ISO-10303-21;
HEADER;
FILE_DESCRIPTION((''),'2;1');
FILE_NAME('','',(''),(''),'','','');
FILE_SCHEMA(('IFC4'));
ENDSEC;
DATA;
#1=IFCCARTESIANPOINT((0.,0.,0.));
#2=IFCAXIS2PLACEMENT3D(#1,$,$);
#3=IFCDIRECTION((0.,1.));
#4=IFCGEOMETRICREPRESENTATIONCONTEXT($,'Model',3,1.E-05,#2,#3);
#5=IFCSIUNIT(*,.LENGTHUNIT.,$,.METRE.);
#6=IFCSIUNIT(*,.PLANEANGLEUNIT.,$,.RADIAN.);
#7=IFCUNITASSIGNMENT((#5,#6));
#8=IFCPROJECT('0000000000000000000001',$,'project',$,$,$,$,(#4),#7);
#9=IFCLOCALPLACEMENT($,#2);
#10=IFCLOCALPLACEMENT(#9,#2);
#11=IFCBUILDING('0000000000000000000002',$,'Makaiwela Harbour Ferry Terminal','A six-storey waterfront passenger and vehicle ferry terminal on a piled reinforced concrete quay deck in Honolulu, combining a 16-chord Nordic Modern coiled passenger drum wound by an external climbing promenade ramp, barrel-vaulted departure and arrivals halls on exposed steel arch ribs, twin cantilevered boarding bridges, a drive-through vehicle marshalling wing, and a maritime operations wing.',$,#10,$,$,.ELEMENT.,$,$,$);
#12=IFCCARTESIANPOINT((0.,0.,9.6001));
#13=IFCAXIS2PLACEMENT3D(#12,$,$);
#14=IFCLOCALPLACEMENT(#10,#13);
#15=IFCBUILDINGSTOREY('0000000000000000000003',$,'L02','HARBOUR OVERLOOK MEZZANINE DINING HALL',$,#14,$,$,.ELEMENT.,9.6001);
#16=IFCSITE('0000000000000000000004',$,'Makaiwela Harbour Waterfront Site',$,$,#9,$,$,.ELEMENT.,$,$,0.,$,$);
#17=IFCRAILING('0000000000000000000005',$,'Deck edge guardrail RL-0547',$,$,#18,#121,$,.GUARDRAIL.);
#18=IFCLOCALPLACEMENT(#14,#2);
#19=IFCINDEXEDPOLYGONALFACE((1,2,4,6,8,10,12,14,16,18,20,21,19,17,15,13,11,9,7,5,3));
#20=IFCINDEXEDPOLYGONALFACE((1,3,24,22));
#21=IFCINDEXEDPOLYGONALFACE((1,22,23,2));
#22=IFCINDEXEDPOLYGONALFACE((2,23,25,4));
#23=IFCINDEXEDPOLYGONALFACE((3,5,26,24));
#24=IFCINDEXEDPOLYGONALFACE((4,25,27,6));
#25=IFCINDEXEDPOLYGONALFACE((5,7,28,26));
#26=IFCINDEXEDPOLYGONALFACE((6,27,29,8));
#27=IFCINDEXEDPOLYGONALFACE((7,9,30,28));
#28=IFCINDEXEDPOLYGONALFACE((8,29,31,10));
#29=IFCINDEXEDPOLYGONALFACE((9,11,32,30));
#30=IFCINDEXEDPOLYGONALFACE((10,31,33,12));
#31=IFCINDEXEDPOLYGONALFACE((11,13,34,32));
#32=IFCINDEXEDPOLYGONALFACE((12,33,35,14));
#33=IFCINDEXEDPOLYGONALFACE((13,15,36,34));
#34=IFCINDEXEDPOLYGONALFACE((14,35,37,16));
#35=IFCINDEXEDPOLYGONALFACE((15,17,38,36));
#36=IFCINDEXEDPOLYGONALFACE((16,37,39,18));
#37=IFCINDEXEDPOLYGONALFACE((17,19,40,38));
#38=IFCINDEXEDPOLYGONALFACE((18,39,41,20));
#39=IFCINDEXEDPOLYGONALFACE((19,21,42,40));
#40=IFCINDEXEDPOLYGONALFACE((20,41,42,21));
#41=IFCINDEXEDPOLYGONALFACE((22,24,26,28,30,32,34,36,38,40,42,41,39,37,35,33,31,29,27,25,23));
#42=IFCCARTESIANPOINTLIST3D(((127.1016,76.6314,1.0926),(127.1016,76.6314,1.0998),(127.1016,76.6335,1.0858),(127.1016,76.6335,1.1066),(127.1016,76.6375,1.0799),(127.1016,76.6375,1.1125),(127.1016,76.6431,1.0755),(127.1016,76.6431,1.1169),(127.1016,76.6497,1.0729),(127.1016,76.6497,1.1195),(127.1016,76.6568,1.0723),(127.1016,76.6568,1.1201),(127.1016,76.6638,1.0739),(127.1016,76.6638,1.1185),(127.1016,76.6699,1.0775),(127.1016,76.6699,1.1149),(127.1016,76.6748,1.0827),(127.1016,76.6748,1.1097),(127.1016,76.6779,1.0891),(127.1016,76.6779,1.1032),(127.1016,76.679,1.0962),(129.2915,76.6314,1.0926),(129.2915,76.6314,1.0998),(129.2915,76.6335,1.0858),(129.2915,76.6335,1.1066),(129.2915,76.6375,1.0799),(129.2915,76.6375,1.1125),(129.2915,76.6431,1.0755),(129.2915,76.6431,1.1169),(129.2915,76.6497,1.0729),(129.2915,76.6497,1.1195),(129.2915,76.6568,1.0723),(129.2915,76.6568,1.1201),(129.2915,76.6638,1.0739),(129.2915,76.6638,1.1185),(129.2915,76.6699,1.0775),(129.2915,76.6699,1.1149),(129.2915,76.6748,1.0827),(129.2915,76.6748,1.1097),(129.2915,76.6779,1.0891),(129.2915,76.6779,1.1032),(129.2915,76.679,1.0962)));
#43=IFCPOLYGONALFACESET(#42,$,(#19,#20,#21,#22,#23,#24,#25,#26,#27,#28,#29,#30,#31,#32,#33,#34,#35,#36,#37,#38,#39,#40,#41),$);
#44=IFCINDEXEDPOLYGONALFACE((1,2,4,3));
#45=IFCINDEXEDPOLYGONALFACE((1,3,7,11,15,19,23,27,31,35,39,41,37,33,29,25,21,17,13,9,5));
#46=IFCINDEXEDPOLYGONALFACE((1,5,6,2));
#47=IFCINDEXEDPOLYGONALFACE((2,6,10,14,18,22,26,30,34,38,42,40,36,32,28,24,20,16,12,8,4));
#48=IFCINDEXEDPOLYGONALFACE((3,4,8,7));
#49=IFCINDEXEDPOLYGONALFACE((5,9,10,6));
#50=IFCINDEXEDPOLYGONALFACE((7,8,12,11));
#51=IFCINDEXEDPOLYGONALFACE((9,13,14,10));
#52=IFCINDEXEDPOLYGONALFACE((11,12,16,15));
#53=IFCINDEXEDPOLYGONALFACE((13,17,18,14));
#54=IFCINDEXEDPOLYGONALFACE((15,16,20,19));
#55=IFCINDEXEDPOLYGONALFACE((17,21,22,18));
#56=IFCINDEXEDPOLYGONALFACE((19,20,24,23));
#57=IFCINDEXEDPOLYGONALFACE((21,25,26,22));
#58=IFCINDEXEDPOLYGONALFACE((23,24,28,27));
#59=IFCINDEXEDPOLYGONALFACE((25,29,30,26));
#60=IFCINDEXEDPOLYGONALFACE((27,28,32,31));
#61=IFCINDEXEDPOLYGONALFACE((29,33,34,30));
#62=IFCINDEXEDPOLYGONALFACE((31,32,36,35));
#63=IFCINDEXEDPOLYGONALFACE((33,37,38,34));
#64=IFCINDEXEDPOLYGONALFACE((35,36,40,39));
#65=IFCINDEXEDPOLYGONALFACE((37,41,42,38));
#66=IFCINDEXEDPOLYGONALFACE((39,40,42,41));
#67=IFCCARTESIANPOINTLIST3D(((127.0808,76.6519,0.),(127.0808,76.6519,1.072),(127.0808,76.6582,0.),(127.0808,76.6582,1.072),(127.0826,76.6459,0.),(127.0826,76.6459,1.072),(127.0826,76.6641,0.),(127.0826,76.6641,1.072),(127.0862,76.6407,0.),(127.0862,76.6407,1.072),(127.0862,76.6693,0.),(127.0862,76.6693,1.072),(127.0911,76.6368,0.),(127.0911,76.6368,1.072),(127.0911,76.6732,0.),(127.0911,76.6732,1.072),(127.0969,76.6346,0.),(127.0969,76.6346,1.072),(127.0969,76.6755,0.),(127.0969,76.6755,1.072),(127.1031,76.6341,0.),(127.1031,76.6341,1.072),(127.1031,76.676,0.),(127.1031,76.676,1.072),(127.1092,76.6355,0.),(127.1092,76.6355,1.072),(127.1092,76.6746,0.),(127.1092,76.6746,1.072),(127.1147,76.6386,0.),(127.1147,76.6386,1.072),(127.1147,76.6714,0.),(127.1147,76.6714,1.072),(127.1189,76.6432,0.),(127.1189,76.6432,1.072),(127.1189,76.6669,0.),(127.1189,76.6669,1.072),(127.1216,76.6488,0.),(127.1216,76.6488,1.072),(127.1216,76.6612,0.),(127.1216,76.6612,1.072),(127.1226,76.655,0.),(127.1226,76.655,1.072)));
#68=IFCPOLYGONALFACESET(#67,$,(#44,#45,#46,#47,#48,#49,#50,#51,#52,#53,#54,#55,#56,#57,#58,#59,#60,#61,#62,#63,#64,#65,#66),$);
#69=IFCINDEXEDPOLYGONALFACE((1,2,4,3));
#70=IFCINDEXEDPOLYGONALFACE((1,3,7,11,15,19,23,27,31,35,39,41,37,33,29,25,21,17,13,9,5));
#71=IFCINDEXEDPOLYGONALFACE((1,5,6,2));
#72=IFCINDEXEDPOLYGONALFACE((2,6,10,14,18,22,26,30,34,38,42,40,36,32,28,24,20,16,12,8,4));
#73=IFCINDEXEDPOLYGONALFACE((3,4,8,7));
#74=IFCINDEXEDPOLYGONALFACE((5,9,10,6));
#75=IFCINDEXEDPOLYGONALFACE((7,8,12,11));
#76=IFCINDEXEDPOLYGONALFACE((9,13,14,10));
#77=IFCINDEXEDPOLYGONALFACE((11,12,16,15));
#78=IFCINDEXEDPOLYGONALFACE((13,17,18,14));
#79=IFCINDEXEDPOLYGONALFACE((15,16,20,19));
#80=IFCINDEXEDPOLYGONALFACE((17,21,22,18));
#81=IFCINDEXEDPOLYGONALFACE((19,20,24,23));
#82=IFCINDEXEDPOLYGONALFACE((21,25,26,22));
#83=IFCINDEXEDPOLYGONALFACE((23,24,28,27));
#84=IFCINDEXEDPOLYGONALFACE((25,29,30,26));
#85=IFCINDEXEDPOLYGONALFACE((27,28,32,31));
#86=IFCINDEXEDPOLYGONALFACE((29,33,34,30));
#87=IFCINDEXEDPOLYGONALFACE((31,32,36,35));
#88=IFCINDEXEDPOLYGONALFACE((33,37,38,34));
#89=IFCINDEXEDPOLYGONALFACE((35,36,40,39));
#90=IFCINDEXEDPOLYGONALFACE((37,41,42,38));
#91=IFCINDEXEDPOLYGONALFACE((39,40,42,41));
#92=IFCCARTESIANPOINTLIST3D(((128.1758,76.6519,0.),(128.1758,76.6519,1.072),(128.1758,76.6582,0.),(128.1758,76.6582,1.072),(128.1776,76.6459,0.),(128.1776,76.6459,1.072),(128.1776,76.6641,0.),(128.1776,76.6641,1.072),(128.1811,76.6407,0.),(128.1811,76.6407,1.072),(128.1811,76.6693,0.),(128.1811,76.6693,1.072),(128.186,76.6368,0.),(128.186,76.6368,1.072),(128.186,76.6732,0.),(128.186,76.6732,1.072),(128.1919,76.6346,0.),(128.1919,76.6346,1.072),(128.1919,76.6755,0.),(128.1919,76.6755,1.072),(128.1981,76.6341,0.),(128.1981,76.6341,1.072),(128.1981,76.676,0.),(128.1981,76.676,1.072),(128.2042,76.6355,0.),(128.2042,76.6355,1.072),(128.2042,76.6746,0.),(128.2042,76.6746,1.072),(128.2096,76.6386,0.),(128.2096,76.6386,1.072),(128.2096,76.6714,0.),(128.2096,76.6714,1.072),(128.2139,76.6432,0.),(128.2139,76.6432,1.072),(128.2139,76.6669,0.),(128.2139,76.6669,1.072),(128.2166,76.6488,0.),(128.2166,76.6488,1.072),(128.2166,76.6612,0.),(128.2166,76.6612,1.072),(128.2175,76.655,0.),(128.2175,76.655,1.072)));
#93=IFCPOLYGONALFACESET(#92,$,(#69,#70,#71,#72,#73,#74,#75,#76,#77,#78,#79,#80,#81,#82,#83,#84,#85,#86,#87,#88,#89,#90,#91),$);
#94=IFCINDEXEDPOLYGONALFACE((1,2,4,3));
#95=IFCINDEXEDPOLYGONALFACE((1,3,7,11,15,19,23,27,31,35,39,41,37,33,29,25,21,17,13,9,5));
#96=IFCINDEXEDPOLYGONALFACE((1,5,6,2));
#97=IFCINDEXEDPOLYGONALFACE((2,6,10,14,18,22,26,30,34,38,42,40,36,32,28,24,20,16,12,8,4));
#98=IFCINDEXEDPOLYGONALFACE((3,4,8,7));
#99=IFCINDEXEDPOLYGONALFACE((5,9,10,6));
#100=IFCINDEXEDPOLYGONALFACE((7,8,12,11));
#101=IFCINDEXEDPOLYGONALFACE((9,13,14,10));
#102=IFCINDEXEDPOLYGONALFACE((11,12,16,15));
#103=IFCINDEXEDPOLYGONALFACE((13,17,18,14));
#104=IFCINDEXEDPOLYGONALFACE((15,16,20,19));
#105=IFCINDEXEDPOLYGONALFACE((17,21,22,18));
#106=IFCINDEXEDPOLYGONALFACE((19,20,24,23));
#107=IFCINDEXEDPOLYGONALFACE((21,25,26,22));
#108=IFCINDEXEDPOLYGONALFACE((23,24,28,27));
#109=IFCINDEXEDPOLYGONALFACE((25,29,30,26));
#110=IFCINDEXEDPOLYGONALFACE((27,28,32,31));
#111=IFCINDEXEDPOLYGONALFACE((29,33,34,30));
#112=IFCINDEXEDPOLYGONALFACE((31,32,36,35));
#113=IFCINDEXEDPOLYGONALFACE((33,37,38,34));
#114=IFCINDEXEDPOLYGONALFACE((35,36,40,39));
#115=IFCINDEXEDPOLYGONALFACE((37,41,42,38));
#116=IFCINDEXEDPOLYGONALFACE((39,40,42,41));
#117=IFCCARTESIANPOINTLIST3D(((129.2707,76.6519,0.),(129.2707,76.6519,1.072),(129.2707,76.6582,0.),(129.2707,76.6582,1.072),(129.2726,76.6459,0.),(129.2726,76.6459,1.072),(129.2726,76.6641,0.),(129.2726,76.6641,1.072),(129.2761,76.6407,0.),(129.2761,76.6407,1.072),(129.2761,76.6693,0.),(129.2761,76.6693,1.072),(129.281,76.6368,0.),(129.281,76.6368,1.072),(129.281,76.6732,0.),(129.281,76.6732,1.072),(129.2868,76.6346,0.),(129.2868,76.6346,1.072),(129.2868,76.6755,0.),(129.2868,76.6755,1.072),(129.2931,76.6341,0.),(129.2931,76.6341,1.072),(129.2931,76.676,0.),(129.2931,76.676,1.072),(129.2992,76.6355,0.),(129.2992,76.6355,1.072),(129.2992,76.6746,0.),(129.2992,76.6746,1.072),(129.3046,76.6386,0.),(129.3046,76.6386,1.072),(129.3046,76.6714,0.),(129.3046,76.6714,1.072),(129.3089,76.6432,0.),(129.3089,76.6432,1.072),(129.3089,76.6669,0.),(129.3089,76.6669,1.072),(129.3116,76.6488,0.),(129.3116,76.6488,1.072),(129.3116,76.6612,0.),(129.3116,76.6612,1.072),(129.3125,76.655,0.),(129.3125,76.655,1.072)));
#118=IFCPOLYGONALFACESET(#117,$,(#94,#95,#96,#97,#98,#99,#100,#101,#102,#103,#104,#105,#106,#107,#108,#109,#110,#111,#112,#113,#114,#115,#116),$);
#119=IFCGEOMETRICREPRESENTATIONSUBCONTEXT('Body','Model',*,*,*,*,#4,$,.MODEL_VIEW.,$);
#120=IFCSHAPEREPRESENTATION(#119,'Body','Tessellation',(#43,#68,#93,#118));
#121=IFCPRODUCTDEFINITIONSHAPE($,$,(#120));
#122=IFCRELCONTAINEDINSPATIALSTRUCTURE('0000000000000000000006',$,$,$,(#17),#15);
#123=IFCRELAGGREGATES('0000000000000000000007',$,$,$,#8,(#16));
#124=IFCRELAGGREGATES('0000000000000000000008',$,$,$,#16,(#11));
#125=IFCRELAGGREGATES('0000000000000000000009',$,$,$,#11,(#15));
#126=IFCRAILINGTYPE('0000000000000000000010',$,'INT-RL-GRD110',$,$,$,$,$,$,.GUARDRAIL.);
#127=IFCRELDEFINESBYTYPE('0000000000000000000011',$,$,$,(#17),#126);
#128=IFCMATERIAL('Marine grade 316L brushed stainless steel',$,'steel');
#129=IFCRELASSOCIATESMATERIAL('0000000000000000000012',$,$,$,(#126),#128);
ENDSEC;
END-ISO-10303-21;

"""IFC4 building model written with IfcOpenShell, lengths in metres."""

from ifc_helpers import new_model, si_unit, direction, frame, origin, origin_2d, place, context, subcontext, project, spatial, circle, extrude, material, type_object, element, save


model = new_model("IFC4")

# Units and contexts
model_context = context("Model", 3, precision=1e-05, world=origin(), true_north=direction((0.0, 1.0)))
body_context = subcontext(model_context, "Body", "Model", "MODEL_VIEW")
ifc_project = project(units=[si_unit("LENGTHUNIT", "METRE"), si_unit("PLANEANGLEUNIT", "RADIAN")], contexts=[model_context])

# Site, building, storey
site_placement = place(None, origin())
site = spatial("IfcSite", under=ifc_project, at=site_placement, Name="Makaiwela Harbour Waterfront Site", CompositionType="ELEMENT", RefElevation=0.0)
building_placement = place(site_placement, origin())
building = spatial("IfcBuilding", under=site, at=building_placement, Name="Makaiwela Harbour Ferry Terminal", Description="A six-storey waterfront passenger and vehicle ferry terminal on a piled reinforced concrete quay deck in Honolulu, combining a 16-chord Nordic Modern coiled passenger drum wound by an external climbing promenade ramp, barrel-vaulted departure and arrivals halls on exposed steel arch ribs, twin cantilevered boarding bridges, a drive-through vehicle marshalling wing, and a maritime operations wing.", CompositionType="ELEMENT")
storey_placement = place(building_placement, frame((0.0, 0.0, 9.6001)))
storey = spatial("IfcBuildingStorey", under=building, at=storey_placement, Name="L02", Description="HARBOUR OVERLOOK MEZZANINE DINING HALL", CompositionType="ELEMENT", Elevation=9.6001)

# Railing
ifc_material_1 = material(Name="Marine grade 316L brushed stainless steel", Category="steel")
railing_type = type_object("IfcRailingType", Name="INT-RL-GRD110", PredefinedType="GUARDRAIL", material=ifc_material_1)
railing_1_placement = place(storey_placement, frame((127.1016, 76.655, 0.0)))
element("IfcRailing", 1, at=railing_1_placement, inside=storey, type_object=railing_type, Name="Deck edge guardrail RL-0547", PredefinedType="GUARDRAIL", context=body_context, shape_type="SweptSolid", body=[
    extrude(circle(Radius=0.0239, at=origin_2d()), frame((0.0, 0.0, 1.0962), z_axis=(1.0, 0.0, 0.0), x_axis=(0.0, 1.0, 0.0)), (0.0, 0.0, 1.0), 2.1899),
    extrude(circle(Radius=0.021, at=origin_2d()), origin(), (0.0, 0.0, 1.0), 1.072),
    extrude(circle(Radius=0.021, at=origin_2d()), frame((1.095, 0.0, 0.0)), (0.0, 0.0, 1.0), 1.072),
    extrude(circle(Radius=0.021, at=origin_2d()), frame((2.1899, 0.0, 0.0)), (0.0, 0.0, 1.0), 1.072),
])

save(model, "model.ifc")
